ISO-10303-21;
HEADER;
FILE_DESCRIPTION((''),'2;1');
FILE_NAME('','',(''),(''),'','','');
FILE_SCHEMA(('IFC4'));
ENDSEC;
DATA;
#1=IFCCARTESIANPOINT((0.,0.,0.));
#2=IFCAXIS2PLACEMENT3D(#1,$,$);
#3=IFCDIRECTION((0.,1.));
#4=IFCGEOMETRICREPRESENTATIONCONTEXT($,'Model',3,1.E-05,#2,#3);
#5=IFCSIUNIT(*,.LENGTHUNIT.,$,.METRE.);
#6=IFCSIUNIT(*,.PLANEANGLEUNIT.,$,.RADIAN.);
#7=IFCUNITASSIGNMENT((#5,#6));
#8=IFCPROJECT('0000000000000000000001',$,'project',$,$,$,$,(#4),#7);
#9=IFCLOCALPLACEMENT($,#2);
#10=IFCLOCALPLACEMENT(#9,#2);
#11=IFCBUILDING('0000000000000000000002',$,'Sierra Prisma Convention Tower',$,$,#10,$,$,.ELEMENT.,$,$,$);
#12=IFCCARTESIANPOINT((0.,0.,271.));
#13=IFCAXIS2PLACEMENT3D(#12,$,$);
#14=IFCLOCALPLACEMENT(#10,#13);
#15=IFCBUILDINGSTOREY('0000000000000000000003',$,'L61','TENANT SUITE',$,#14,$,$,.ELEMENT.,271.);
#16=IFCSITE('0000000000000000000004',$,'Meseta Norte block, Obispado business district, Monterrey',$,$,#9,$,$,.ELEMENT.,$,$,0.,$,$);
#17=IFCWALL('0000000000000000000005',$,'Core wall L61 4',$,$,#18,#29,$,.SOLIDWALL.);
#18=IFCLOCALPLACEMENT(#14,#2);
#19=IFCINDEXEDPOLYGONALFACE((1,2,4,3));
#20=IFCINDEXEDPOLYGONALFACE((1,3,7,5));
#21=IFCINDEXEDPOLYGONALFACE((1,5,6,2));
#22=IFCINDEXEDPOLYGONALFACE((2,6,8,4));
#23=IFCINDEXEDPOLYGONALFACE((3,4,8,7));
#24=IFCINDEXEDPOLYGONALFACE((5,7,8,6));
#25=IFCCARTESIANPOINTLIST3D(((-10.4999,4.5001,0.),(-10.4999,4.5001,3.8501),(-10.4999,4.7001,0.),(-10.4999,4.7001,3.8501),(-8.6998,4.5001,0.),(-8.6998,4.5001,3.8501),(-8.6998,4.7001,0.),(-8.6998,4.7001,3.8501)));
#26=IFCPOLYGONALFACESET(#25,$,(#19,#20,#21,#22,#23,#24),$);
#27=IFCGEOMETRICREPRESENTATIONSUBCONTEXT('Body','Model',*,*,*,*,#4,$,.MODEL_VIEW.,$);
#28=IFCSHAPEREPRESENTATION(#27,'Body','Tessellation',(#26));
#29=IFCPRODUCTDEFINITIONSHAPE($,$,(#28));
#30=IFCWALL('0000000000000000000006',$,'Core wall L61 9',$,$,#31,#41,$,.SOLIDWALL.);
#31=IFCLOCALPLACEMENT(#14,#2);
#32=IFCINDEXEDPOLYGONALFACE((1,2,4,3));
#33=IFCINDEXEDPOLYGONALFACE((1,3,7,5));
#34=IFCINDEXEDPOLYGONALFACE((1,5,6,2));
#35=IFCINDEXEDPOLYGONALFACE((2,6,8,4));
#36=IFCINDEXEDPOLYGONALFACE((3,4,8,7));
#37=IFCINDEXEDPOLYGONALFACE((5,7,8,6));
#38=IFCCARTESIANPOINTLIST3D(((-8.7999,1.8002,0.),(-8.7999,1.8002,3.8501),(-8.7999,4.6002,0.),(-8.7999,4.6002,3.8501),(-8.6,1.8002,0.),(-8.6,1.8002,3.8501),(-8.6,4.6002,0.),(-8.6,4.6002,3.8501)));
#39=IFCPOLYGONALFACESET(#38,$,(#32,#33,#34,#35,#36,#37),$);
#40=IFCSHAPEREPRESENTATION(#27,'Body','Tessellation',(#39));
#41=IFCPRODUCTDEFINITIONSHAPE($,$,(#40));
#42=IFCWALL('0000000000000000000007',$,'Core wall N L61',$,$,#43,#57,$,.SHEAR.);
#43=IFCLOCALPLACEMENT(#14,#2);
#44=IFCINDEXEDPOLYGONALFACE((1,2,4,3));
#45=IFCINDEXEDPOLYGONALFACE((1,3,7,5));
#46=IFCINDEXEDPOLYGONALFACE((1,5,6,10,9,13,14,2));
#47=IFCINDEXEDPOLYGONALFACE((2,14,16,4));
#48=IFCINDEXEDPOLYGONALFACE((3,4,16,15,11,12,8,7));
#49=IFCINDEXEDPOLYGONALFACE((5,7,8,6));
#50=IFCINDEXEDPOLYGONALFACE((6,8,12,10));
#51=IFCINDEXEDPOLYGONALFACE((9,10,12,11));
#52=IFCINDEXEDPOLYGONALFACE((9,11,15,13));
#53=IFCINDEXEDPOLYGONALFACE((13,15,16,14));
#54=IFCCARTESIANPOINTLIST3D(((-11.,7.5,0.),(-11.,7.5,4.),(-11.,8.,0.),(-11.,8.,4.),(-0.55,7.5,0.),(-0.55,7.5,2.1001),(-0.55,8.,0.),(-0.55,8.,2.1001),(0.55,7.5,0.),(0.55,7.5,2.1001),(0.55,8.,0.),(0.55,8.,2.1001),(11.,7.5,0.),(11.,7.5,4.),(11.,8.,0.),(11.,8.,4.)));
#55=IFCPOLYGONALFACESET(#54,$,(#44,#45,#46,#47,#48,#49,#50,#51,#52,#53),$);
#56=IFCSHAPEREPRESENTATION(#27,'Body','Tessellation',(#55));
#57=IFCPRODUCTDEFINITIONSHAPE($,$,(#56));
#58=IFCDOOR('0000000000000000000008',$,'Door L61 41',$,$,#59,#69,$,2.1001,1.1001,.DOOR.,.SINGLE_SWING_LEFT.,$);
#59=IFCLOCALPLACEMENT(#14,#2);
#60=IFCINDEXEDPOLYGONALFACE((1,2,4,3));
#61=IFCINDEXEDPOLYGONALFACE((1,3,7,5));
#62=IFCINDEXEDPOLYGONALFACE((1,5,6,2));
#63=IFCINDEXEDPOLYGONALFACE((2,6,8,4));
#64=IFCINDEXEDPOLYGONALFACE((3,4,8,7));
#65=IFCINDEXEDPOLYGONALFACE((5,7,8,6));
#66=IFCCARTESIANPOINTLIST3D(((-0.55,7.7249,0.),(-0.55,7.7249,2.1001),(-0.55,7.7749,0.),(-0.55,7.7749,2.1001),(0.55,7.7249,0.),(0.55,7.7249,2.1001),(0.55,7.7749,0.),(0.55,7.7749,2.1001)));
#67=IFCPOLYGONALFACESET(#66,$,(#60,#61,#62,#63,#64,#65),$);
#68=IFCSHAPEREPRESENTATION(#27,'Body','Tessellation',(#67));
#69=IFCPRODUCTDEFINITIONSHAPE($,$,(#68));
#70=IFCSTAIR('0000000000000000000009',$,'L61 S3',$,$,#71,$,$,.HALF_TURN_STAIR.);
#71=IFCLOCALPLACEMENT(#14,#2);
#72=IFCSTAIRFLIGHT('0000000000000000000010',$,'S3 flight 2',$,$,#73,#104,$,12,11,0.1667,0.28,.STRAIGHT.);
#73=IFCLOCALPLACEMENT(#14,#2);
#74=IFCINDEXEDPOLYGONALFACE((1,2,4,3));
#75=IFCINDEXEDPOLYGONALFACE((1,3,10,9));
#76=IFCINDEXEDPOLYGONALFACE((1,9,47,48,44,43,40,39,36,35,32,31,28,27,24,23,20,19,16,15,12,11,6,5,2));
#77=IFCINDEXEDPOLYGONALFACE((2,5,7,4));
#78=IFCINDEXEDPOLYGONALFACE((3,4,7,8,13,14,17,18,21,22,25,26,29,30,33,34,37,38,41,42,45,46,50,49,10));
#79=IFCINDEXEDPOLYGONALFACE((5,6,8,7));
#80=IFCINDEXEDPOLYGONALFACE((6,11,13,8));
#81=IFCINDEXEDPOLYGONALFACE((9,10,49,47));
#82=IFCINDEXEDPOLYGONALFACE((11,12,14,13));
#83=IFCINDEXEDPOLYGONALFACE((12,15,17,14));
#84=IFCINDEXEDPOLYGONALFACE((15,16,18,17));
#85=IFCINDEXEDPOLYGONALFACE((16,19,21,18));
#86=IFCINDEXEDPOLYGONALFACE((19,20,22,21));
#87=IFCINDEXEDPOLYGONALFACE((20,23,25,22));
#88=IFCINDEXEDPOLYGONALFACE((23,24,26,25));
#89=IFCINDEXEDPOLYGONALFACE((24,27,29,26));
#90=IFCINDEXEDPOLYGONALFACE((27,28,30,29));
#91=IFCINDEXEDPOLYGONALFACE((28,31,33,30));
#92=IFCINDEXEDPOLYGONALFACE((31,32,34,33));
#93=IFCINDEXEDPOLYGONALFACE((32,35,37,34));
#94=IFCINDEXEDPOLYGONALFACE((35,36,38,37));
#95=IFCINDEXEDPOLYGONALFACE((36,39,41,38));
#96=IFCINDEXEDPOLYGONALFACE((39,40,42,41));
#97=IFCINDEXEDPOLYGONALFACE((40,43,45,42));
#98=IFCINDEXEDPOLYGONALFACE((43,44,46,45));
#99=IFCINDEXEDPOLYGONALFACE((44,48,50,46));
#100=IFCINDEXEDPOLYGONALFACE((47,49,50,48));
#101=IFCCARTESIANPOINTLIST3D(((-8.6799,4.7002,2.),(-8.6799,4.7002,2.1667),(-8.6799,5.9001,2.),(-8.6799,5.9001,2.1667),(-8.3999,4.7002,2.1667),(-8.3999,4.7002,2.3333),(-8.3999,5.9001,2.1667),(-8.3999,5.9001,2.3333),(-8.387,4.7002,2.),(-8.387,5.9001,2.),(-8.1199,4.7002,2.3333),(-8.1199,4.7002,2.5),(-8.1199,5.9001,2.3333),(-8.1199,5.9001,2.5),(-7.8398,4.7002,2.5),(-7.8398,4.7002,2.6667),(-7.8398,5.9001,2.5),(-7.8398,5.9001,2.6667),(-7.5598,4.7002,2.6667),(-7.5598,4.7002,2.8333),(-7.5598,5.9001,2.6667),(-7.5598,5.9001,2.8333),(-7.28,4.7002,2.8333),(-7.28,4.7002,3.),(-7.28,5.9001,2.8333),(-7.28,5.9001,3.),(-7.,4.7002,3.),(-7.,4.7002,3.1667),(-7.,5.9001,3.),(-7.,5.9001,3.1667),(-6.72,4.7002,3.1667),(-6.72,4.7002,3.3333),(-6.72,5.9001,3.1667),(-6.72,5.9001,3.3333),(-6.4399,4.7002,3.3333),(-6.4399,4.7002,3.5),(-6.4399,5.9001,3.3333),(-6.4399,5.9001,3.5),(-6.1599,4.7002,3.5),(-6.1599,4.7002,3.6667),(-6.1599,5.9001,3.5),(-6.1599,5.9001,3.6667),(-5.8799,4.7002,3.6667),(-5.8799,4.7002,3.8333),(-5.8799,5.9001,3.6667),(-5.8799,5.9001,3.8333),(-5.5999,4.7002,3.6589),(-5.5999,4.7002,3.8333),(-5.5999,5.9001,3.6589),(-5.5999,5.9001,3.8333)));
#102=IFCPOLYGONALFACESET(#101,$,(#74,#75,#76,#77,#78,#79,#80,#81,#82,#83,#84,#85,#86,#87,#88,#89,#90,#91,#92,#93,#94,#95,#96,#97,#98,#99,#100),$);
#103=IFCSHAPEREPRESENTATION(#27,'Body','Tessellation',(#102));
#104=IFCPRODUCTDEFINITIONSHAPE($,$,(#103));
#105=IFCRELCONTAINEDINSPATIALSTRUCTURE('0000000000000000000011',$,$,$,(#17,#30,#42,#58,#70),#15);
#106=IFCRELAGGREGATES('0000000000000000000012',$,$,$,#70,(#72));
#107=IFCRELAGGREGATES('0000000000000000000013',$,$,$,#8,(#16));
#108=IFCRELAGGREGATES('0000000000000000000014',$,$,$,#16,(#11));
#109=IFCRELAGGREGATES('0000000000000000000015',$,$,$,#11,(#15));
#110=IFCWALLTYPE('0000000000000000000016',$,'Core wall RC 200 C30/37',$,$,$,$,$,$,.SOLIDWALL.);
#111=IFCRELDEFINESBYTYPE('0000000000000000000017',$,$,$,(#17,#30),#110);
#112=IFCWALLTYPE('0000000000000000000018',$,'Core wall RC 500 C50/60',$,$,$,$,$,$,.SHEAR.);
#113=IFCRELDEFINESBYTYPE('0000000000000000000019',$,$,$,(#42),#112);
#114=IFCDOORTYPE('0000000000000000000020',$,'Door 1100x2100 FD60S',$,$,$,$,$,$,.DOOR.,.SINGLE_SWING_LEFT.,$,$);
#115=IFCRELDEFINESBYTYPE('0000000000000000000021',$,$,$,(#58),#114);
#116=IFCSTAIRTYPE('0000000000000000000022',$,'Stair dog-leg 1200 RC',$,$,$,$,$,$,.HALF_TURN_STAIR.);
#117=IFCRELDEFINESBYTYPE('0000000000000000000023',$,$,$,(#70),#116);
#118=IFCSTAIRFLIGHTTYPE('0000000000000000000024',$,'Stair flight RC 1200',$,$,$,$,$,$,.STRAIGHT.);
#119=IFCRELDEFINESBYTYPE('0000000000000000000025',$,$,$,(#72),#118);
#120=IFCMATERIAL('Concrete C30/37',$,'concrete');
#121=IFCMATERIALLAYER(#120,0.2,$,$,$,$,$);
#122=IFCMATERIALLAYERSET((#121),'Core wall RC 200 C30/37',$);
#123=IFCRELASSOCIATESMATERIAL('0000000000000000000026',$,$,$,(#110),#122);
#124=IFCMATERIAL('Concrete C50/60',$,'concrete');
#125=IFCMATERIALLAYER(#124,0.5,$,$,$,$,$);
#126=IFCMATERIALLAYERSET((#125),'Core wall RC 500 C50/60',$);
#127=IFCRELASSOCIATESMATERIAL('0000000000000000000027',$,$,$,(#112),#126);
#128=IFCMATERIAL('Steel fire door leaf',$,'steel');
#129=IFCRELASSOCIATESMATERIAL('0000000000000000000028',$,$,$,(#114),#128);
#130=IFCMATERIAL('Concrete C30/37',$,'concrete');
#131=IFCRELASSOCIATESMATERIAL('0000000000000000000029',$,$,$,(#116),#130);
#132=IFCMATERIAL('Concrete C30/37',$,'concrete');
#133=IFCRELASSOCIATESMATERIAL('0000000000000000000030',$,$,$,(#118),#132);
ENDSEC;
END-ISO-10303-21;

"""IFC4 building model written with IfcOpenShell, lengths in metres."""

from ifc_helpers import new_model, si_unit, direction, frame, frame_2d, origin, place, context, subcontext, project, spatial, polyline, rectangle, outline, extrude, material, layer, layer_set, type_object, element, fill, aggregate, save


model = new_model("IFC4")

# Units and contexts
model_context = context("Model", 3, precision=1e-05, world=origin(), true_north=direction((0.0, 1.0)))
body_context = subcontext(model_context, "Body", "Model", "MODEL_VIEW")
ifc_project = project(units=[si_unit("LENGTHUNIT", "METRE"), si_unit("PLANEANGLEUNIT", "RADIAN")], contexts=[model_context])

# Site, building, storey
site_placement = place(None, origin())
site = spatial("IfcSite", under=ifc_project, at=site_placement, Name="Meseta Norte block, Obispado business district, Monterrey", CompositionType="ELEMENT", RefElevation=0.0)
building_placement = place(site_placement, origin())
building = spatial("IfcBuilding", under=site, at=building_placement, Name="Sierra Prisma Convention Tower", CompositionType="ELEMENT")
storey_placement = place(building_placement, frame((0.0, 0.0, 271.0)))
storey = spatial("IfcBuildingStorey", under=building, at=storey_placement, Name="L61", Description="TENANT SUITE", CompositionType="ELEMENT", Elevation=271.0)

# Shared definitions
ifc_material_1 = material(Name="Concrete C30/37", Category="concrete")
ifc_layer_1 = layer(ifc_material_1, 0.2)
ifc_layer_set_1 = layer_set([ifc_layer_1], Name="Core wall RC 200 C30/37")
wall_type_1 = type_object("IfcWallType", Name="Core wall RC 200 C30/37", PredefinedType="SOLIDWALL", material=ifc_layer_set_1)

# Wall
wall_1_placement = place(storey_placement, frame((-8.7, 4.6001, 0.0), z_axis=(0.0, 0.0, 1.0), x_axis=(-1.0, 0.0, 0.0)))
element("IfcWall", 1, at=wall_1_placement, inside=storey, type_object=wall_type_1, Name="Core wall L61 4", PredefinedType="SOLIDWALL", context=body_context, shape_type="SweptSolid", body=[
    extrude(rectangle(XDim=1.8, YDim=0.2, at=frame_2d((0.8999, 0.0))), origin(), (0.0, 0.0, 1.0), 3.8501),
])

# Wall
wall_2_placement = place(storey_placement, frame((-8.7, 4.6001, 0.0), z_axis=(0.0, 0.0, 1.0), x_axis=(0.0, -1.0, 0.0)))
element("IfcWall", 2, at=wall_2_placement, inside=storey, type_object=wall_type_1, Name="Core wall L61 9", PredefinedType="SOLIDWALL", context=body_context, shape_type="SweptSolid", body=[
    extrude(rectangle(XDim=2.8, YDim=0.2, at=frame_2d((1.3999, 0.0))), origin(), (0.0, 0.0, 1.0), 3.8501),
])

# Wall, opening, door
ifc_material_2 = material(Name="Concrete C50/60", Category="concrete")
ifc_layer_2 = layer(ifc_material_2, 0.5)
ifc_layer_set_2 = layer_set([ifc_layer_2], Name="Core wall RC 500 C50/60")
wall_type_2 = type_object("IfcWallType", Name="Core wall RC 500 C50/60", PredefinedType="SHEAR", material=ifc_layer_set_2)
wall_3_placement = place(storey_placement, frame((-11.0, 7.75, 0.0), z_axis=(0.0, 0.0, 1.0), x_axis=(1.0, 0.0, 0.0)))
wall_3 = element("IfcWall", 3, at=wall_3_placement, inside=storey, type_object=wall_type_2, Name="Core wall N L61", PredefinedType="SHEAR", context=body_context, shape_type="SweptSolid", body=[
    extrude(rectangle(XDim=22.0, YDim=0.5, at=frame_2d((11.0, 0.0))), origin(), (0.0, 0.0, 1.0), 4.0),
])
opening_1_placement = place(wall_3_placement, frame((10.45, 0.0, 0.0)))
opening_1 = element("IfcOpeningElement", 4, at=opening_1_placement, cuts=wall_3, PredefinedType="OPENING", context=body_context, shape_type="SweptSolid", body=[
    extrude(rectangle(XDim=1.1001, YDim=2.1001, at=frame_2d((0.55, 1.05))), frame((0.0, 0.25, 0.0), z_axis=(0.0, -1.0, 0.0), x_axis=(1.0, 0.0, 0.0)), (0.0, 0.0, 1.0), 0.5),
])
ifc_material_3 = material(Name="Steel fire door leaf", Category="steel")
door_type_1 = type_object("IfcDoorType", Name="Door 1100x2100 FD60S", OperationType="SINGLE_SWING_LEFT", PredefinedType="DOOR", material=ifc_material_3)
door_1_placement = place(opening_1_placement, origin())
door_1 = element("IfcDoor", 5, at=door_1_placement, inside=storey, type_object=door_type_1, Name="Door L61 41", OperationType="SINGLE_SWING_LEFT", OverallHeight=2.1001, OverallWidth=1.1001, PredefinedType="DOOR", context=body_context, shape_type="SweptSolid", body=[
    extrude(rectangle(XDim=1.1001, YDim=2.1001, at=frame_2d((0.55, 1.05))), frame((0.0, 0.0249, 0.0), z_axis=(0.0, -1.0, 0.0), x_axis=(1.0, 0.0, 0.0)), (0.0, 0.0, 1.0), 0.05),
])
fill(opening_1, door_1)

# Stair, stair flight
ifc_material_4 = material(Name="Concrete C30/37", Category="concrete")
stair_type = type_object("IfcStairType", Name="Stair dog-leg 1200 RC", PredefinedType="HALF_TURN_STAIR", material=ifc_material_4)
stair_placement = place(storey_placement, origin())
stair = element("IfcStair", 6, at=stair_placement, inside=storey, type_object=stair_type, Name="L61 S3", PredefinedType="HALF_TURN_STAIR")
ifc_material_5 = material(Name="Concrete C30/37", Category="concrete")
stair_flight_type = type_object("IfcStairFlightType", Name="Stair flight RC 1200", PredefinedType="STRAIGHT", material=ifc_material_5)
stair_flight_placement = place(storey_placement, frame((-8.6799, 5.3, 2.0), z_axis=(0.0, 0.0, 1.0), x_axis=(1.0, 0.0, 0.0)))
stair_flight = element("IfcStairFlight", 7, at=stair_flight_placement, type_object=stair_flight_type, Name="S3 flight 2", NumberOfRisers=12, NumberOfTreads=11, PredefinedType="STRAIGHT", RiserHeight=0.1667, TreadLength=0.28, context=body_context, shape_type="SweptSolid", body=[
    extrude(outline(polyline([(0.0, 0.0), (0.0, 0.1667), (0.28, 0.1667), (0.28, 0.3333), (0.5601, 0.3333), (0.5601, 0.5), (0.8401, 0.5), (0.8401, 0.6667), (1.1201, 0.6667), (1.1201, 0.8333), (1.3999, 0.8333), (1.3999, 1.0), (1.6799, 1.0), (1.6799, 1.1667), (1.96, 1.1667), (1.96, 1.3333), (2.24, 1.3333), (2.24, 1.5), (2.52, 1.5), (2.52, 1.6667), (2.8, 1.6667), (2.8, 1.8333), (3.0801, 1.8333), (3.0801, 2.0), (3.0801, 1.6589), (0.293, 0.0), (0.0, 0.0)])), frame((0.0, 0.6001, 0.0), z_axis=(0.0, -1.0, 0.0), x_axis=(1.0, 0.0, 0.0)), (0.0, 0.0, 1.0), 1.2),
])
aggregate(stair, [stair_flight])

save(model, "model.ifc")
